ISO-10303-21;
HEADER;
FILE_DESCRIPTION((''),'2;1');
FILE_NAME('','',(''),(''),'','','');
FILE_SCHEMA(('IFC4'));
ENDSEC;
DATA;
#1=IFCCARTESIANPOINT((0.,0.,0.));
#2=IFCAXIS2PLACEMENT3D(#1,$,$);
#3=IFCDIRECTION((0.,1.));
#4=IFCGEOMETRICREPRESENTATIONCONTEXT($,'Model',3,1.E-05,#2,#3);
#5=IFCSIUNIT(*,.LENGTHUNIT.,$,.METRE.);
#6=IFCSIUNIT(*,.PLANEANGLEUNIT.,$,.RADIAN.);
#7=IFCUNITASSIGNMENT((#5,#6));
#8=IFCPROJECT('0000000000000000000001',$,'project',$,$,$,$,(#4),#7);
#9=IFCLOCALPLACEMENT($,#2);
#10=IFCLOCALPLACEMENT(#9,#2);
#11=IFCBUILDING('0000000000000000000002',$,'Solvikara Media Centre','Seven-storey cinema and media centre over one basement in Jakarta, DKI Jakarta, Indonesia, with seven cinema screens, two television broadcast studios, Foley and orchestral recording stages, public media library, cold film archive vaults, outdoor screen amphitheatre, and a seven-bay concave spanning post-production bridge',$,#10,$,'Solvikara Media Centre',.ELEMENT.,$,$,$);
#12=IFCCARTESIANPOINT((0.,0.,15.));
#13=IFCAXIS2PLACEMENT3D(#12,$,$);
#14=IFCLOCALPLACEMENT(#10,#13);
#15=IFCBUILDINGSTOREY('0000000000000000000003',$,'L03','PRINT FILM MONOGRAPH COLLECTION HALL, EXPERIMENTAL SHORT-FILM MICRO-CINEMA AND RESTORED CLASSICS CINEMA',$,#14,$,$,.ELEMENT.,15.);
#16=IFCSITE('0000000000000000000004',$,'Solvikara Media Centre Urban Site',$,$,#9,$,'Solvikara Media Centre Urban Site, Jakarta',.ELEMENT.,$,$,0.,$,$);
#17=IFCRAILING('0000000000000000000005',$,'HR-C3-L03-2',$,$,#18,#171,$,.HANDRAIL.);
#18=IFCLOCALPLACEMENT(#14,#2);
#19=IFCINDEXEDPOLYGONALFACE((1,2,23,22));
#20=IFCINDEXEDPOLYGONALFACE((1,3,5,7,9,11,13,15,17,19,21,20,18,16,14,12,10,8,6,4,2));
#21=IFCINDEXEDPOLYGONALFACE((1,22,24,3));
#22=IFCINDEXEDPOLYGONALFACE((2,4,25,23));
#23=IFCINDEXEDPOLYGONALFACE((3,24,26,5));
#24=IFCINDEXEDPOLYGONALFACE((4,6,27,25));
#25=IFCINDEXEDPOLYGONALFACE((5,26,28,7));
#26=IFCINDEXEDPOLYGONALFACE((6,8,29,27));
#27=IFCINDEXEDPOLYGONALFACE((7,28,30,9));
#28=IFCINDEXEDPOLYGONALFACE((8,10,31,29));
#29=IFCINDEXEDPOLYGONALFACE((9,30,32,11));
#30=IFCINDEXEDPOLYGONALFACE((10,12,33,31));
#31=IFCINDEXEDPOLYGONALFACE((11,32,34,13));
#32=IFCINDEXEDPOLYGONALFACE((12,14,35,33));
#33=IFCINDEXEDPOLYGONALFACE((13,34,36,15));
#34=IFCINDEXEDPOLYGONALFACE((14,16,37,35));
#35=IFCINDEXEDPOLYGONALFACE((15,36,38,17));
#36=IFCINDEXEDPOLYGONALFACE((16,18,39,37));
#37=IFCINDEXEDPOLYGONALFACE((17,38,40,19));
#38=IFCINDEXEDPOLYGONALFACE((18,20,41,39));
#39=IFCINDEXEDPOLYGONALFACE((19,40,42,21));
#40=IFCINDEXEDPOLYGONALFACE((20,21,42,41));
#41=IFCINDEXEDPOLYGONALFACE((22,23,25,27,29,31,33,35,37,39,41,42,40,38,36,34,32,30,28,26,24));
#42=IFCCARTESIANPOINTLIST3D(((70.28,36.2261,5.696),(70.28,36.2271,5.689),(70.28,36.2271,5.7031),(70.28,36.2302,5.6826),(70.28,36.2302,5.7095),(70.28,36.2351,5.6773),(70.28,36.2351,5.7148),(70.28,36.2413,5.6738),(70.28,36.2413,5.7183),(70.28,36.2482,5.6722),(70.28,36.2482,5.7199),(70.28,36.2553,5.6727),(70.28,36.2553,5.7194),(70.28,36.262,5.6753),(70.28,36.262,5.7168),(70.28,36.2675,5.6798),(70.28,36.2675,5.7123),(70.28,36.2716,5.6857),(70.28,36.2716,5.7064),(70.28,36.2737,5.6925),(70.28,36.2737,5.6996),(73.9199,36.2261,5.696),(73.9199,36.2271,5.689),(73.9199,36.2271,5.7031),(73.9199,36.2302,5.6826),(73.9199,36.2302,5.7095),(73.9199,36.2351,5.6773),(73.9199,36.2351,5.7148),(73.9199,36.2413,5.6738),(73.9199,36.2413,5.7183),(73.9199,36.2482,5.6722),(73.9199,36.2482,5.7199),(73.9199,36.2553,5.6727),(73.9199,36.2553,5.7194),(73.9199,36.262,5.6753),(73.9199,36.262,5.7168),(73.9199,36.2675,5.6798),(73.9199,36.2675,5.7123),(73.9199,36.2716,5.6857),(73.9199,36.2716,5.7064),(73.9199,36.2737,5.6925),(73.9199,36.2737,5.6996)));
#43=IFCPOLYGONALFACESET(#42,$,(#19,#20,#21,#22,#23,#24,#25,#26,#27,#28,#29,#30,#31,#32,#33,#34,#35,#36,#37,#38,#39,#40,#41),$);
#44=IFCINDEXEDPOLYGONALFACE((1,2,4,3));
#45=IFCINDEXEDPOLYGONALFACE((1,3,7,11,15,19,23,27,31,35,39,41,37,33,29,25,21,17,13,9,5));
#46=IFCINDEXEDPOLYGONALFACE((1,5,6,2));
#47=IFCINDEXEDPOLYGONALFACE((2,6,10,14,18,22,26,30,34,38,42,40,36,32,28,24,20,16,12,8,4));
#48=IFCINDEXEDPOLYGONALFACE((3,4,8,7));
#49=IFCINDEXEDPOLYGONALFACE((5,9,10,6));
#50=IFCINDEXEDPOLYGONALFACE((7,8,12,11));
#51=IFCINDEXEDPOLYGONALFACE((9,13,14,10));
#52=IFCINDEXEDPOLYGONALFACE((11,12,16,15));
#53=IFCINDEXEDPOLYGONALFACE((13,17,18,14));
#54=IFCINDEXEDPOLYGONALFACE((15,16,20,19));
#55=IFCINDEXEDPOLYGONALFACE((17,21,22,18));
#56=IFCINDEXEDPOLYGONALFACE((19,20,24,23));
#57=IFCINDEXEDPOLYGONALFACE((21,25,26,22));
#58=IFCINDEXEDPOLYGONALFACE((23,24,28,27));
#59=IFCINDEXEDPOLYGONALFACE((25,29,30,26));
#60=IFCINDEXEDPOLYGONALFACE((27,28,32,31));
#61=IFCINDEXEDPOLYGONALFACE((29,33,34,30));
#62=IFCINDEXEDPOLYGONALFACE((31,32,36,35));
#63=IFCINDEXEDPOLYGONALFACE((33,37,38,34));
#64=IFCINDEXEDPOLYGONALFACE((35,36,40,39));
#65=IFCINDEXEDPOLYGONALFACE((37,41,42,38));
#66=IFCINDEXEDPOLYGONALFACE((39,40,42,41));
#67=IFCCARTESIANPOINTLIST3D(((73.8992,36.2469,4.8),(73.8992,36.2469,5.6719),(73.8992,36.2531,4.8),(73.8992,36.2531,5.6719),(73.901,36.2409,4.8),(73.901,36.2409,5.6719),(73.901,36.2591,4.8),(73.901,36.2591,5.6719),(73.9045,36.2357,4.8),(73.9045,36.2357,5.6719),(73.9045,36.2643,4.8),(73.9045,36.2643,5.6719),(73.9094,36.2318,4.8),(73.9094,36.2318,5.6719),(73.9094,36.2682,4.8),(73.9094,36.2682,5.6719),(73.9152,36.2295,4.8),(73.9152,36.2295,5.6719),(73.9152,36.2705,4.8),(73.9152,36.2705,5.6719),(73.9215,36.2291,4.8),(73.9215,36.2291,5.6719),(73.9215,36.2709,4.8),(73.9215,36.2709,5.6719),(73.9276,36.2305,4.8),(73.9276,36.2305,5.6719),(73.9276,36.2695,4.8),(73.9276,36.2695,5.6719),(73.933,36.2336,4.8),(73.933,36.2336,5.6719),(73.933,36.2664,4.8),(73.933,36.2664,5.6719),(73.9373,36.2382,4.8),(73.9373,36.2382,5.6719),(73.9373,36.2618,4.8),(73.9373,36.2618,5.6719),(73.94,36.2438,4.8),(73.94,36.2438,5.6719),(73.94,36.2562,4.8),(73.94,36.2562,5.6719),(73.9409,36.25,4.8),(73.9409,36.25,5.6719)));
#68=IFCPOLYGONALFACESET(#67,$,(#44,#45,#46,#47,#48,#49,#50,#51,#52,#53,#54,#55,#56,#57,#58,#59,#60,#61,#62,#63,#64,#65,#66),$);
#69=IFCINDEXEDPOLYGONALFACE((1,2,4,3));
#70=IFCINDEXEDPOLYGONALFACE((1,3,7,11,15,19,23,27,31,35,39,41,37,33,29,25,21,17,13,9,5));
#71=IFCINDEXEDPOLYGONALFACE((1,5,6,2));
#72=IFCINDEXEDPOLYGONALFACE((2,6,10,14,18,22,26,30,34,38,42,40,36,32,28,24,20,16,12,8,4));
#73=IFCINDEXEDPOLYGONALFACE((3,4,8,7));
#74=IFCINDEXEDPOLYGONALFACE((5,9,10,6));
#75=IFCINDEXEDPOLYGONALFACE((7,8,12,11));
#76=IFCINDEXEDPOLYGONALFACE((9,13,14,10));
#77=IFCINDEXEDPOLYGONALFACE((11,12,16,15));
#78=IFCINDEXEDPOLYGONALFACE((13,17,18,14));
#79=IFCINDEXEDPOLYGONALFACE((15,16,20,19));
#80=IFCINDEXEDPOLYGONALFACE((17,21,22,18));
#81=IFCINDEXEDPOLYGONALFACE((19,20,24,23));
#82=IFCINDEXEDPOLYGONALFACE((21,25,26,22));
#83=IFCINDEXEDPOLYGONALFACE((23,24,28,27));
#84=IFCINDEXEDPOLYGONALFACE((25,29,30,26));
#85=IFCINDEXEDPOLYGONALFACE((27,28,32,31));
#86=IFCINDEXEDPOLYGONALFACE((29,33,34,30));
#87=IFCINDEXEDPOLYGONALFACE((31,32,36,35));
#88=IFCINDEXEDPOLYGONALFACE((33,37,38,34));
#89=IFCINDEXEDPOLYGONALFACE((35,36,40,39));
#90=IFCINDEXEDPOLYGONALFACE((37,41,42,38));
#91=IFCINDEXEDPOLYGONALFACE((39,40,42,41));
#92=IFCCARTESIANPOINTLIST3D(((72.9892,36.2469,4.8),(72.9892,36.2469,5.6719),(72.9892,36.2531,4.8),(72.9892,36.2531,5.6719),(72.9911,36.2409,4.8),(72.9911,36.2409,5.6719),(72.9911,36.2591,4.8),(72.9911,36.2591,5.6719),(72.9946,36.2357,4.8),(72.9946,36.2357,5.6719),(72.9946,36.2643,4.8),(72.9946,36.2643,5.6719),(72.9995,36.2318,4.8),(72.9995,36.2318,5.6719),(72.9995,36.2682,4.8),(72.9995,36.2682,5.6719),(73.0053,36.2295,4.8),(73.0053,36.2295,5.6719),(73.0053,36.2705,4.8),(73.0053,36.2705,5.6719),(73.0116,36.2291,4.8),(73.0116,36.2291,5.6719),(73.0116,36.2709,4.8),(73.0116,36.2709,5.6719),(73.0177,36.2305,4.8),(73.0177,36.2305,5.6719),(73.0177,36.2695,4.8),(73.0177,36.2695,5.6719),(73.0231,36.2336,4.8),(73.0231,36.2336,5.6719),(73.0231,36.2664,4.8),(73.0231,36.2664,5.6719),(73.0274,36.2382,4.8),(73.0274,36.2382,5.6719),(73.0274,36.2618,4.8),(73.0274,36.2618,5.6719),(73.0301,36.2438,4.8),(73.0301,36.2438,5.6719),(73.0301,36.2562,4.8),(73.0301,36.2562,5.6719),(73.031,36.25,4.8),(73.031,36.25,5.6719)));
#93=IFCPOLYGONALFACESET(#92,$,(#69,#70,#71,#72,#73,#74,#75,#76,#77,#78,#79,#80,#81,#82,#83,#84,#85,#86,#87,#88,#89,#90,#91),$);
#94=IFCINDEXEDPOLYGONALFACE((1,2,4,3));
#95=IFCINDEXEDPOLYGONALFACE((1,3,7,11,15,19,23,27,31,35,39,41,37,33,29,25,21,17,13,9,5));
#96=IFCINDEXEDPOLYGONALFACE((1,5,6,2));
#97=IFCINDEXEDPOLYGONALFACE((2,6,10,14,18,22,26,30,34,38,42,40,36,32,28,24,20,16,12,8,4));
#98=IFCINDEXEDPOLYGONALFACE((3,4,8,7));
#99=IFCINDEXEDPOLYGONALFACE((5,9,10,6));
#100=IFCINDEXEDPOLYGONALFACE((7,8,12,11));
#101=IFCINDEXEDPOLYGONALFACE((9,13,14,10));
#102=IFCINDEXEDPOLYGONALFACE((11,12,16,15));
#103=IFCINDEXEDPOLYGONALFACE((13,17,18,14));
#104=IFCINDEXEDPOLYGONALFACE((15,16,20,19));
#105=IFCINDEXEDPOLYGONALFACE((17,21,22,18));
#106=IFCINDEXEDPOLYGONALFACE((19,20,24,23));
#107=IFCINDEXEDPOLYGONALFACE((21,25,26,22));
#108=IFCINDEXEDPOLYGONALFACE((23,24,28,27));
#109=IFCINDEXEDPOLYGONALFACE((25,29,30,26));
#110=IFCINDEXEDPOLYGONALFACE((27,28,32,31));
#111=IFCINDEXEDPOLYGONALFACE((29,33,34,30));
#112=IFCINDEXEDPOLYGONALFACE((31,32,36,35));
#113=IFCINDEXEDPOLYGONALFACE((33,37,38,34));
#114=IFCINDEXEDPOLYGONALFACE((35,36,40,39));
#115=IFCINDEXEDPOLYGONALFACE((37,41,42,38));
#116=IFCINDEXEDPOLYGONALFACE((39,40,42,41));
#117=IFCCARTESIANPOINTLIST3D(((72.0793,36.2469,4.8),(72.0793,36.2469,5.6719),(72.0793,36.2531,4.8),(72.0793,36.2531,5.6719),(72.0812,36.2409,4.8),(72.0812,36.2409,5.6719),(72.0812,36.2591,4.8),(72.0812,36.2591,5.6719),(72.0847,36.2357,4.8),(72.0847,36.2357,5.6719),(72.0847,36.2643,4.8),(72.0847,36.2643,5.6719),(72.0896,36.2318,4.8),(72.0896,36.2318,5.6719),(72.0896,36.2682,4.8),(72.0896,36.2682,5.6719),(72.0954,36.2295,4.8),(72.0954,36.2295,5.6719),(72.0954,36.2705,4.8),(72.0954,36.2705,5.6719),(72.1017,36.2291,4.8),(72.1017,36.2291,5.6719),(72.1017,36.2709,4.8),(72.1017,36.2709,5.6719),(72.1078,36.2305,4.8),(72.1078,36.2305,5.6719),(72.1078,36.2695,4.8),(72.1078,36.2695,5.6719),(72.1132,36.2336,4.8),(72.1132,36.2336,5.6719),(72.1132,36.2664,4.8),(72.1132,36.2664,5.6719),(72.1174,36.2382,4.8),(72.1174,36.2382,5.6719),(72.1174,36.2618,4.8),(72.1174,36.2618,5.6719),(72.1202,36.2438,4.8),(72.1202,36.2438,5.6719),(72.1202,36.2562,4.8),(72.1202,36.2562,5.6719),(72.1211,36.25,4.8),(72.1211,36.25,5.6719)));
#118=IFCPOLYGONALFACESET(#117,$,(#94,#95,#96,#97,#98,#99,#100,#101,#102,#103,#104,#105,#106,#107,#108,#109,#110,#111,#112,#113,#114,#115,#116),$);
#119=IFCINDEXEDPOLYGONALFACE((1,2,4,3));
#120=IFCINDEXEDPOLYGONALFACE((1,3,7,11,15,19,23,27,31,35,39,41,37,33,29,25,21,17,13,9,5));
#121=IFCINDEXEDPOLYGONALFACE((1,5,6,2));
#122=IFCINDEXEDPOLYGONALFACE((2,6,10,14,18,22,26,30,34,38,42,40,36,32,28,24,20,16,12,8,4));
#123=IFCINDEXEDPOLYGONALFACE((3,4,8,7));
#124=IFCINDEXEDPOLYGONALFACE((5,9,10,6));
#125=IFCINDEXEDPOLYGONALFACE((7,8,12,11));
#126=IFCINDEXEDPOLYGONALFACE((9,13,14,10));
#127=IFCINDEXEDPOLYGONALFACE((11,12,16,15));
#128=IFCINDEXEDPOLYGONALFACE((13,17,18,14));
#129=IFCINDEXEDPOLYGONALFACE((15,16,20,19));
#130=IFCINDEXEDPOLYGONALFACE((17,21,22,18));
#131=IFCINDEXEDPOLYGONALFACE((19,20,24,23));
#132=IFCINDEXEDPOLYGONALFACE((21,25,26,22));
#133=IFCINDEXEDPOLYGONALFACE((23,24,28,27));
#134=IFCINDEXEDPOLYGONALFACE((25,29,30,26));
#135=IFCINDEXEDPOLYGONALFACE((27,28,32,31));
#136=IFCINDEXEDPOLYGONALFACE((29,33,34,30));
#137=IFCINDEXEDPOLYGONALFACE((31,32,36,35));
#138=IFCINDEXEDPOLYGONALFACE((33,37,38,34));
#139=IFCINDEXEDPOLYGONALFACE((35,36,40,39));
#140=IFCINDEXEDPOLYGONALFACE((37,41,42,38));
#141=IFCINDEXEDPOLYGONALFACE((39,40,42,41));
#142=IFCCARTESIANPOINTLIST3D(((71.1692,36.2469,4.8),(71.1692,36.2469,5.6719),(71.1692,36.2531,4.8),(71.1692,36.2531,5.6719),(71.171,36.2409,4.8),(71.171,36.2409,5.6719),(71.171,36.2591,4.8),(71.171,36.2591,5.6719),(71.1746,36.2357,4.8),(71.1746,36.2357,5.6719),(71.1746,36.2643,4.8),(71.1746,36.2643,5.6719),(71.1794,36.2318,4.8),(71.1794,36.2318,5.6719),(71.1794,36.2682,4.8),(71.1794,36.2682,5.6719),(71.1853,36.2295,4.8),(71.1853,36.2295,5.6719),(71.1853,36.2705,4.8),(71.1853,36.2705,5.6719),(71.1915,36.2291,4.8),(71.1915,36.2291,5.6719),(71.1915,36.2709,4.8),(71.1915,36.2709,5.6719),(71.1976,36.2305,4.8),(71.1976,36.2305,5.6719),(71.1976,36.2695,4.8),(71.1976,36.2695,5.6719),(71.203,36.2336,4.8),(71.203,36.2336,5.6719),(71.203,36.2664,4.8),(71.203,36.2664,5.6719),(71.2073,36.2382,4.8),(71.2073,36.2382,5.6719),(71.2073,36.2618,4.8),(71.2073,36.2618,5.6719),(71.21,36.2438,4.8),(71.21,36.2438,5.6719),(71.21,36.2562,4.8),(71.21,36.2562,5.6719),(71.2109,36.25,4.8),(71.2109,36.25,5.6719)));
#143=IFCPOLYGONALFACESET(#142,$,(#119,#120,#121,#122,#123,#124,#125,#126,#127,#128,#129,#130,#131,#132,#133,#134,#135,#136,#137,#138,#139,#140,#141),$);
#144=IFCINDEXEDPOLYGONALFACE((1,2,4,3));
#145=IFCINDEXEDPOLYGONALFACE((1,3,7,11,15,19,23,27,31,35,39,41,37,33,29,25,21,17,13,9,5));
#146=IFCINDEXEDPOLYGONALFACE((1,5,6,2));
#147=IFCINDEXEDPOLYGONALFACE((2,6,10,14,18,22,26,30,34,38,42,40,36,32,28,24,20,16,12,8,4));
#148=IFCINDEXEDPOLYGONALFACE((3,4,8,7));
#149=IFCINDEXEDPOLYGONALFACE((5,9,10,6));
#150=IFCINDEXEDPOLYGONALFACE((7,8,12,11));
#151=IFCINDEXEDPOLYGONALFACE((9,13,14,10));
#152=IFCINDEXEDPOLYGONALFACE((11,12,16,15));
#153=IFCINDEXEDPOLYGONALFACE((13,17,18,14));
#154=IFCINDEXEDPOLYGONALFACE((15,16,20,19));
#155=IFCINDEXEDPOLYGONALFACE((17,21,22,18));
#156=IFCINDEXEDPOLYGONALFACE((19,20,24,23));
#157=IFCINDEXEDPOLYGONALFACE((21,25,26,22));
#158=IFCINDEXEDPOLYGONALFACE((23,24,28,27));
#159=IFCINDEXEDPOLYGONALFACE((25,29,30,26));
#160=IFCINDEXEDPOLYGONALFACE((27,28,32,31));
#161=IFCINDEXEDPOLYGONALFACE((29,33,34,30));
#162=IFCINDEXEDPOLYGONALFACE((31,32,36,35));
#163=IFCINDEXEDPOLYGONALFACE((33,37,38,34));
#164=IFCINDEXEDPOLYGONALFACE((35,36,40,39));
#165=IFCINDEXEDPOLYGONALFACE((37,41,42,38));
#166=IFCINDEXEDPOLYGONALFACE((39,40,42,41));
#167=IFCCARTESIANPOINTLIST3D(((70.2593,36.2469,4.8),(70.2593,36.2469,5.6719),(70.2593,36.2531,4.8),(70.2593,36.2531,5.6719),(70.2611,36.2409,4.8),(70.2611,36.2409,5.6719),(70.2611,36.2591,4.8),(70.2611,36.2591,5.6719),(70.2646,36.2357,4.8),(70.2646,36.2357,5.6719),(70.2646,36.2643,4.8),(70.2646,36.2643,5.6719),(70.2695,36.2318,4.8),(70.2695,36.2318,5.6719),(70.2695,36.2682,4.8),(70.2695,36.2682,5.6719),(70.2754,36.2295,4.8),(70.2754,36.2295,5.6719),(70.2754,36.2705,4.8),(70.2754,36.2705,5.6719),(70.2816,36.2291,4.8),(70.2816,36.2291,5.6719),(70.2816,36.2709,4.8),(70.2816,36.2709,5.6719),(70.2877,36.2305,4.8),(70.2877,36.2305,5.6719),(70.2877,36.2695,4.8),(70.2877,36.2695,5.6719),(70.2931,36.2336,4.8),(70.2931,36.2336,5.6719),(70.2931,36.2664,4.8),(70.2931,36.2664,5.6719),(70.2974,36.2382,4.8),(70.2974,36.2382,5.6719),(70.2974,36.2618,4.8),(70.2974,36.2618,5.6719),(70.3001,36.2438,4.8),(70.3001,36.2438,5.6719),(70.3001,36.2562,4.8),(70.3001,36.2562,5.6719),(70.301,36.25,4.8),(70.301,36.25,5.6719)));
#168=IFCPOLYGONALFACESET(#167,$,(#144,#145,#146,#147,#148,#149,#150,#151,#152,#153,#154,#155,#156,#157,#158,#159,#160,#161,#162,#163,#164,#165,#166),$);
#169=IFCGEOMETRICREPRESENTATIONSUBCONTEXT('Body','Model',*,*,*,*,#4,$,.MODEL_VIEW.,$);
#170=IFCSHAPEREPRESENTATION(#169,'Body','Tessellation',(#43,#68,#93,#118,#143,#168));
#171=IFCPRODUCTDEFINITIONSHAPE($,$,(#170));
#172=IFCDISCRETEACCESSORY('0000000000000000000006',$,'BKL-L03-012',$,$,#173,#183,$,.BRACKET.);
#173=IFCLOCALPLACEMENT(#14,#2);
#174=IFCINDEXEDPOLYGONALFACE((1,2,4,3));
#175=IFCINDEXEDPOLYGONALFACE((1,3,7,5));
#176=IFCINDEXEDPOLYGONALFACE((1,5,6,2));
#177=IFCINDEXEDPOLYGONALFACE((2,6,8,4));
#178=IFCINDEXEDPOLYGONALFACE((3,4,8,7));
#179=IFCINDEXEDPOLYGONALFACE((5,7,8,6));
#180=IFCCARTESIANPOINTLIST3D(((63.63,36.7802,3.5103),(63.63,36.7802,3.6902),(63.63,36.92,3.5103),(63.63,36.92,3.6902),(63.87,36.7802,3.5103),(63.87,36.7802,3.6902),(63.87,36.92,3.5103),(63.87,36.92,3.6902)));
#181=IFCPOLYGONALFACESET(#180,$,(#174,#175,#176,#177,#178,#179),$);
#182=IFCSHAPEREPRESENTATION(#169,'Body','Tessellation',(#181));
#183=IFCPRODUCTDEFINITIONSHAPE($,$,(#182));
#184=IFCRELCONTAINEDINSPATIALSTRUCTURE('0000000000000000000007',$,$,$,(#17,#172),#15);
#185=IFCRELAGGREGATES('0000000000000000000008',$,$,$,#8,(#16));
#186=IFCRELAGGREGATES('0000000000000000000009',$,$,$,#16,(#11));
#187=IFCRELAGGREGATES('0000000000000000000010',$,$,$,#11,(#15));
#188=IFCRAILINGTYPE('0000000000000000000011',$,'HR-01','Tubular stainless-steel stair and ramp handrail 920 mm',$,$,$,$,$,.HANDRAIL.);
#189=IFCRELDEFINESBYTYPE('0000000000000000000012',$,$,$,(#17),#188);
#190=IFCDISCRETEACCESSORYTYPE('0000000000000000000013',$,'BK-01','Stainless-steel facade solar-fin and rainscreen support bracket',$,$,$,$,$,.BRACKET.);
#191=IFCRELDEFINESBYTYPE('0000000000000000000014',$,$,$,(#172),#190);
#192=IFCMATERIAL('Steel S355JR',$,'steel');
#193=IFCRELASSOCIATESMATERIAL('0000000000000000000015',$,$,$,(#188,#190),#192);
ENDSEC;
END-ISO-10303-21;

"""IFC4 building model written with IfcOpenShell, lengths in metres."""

from ifc_helpers import new_model, si_unit, direction, frame, origin, origin_2d, place, context, subcontext, project, spatial, rectangle, circle, extrude, material, type_object, element, save


model = new_model("IFC4")

# Units and contexts
model_context = context("Model", 3, precision=1e-05, world=origin(), true_north=direction((0.0, 1.0)))
body_context = subcontext(model_context, "Body", "Model", "MODEL_VIEW")
ifc_project = project(units=[si_unit("LENGTHUNIT", "METRE"), si_unit("PLANEANGLEUNIT", "RADIAN")], contexts=[model_context])

# Site, building, storey
site_placement = place(None, origin())
site = spatial("IfcSite", under=ifc_project, at=site_placement, Name="Solvikara Media Centre Urban Site", LongName="Solvikara Media Centre Urban Site, Jakarta", CompositionType="ELEMENT", RefElevation=0.0)
building_placement = place(site_placement, origin())
building = spatial("IfcBuilding", under=site, at=building_placement, Name="Solvikara Media Centre", Description="Seven-storey cinema and media centre over one basement in Jakarta, DKI Jakarta, Indonesia, with seven cinema screens, two television broadcast studios, Foley and orchestral recording stages, public media library, cold film archive vaults, outdoor screen amphitheatre, and a seven-bay concave spanning post-production bridge", LongName="Solvikara Media Centre", CompositionType="ELEMENT")
storey_placement = place(building_placement, frame((0.0, 0.0, 15.0)))
storey = spatial("IfcBuildingStorey", under=building, at=storey_placement, Name="L03", Description="PRINT FILM MONOGRAPH COLLECTION HALL, EXPERIMENTAL SHORT-FILM MICRO-CINEMA AND RESTORED CLASSICS CINEMA", CompositionType="ELEMENT", Elevation=15.0)

# Shared definitions
ifc_material_1 = material(Name="Steel S355JR", Category="steel")

# Railing
railing_type_1 = type_object("IfcRailingType", Name="HR-01", Description="Tubular stainless-steel stair and ramp handrail 920 mm", PredefinedType="HANDRAIL", material=ifc_material_1)
railing_1_placement = place(storey_placement, frame((73.9199, 36.25, 4.8)))
element("IfcRailing", 1, at=railing_1_placement, inside=storey, type_object=railing_type_1, Name="HR-C3-L03-2", PredefinedType="HANDRAIL", context=body_context, shape_type="SweptSolid", body=[
    extrude(circle(Radius=0.0239, at=origin_2d()), frame((0.0, 0.0, 0.896), z_axis=(-1.0, 0.0, 0.0), x_axis=(0.0, -1.0, 0.0)), (0.0, 0.0, 1.0), 3.6399),
    extrude(circle(Radius=0.021, at=origin_2d()), origin(), (0.0, 0.0, 1.0), 0.8718),
    extrude(circle(Radius=0.021, at=origin_2d()), frame((-0.9099, 0.0, 0.0)), (0.0, 0.0, 1.0), 0.8718),
    extrude(circle(Radius=0.021, at=origin_2d()), frame((-1.8198, 0.0, 0.0)), (0.0, 0.0, 1.0), 0.8718),
    extrude(circle(Radius=0.021, at=origin_2d()), frame((-2.73, 0.0, 0.0)), (0.0, 0.0, 1.0), 0.8718),
    extrude(circle(Radius=0.021, at=origin_2d()), frame((-3.6399, 0.0, 0.0)), (0.0, 0.0, 1.0), 0.8718),
])

# Discrete accessory
discrete_accessory_type = type_object("IfcDiscreteAccessoryType", Name="BK-01", Description="Stainless-steel facade solar-fin and rainscreen support bracket", PredefinedType="BRACKET", material=ifc_material_1)
discrete_accessory_placement = place(storey_placement, frame((63.75, 36.8501, 3.5103), z_axis=(0.0, 0.0, 1.0), x_axis=(1.0, 0.0, 0.0)))
element("IfcDiscreteAccessory", 2, at=discrete_accessory_placement, inside=storey, type_object=discrete_accessory_type, Name="BKL-L03-012", PredefinedType="BRACKET", context=body_context, shape_type="SweptSolid", body=[
    extrude(rectangle(XDim=0.24, YDim=0.1399, at=origin_2d()), origin(), (0.0, 0.0, 1.0), 0.1799),
])

save(model, "model.ifc")
